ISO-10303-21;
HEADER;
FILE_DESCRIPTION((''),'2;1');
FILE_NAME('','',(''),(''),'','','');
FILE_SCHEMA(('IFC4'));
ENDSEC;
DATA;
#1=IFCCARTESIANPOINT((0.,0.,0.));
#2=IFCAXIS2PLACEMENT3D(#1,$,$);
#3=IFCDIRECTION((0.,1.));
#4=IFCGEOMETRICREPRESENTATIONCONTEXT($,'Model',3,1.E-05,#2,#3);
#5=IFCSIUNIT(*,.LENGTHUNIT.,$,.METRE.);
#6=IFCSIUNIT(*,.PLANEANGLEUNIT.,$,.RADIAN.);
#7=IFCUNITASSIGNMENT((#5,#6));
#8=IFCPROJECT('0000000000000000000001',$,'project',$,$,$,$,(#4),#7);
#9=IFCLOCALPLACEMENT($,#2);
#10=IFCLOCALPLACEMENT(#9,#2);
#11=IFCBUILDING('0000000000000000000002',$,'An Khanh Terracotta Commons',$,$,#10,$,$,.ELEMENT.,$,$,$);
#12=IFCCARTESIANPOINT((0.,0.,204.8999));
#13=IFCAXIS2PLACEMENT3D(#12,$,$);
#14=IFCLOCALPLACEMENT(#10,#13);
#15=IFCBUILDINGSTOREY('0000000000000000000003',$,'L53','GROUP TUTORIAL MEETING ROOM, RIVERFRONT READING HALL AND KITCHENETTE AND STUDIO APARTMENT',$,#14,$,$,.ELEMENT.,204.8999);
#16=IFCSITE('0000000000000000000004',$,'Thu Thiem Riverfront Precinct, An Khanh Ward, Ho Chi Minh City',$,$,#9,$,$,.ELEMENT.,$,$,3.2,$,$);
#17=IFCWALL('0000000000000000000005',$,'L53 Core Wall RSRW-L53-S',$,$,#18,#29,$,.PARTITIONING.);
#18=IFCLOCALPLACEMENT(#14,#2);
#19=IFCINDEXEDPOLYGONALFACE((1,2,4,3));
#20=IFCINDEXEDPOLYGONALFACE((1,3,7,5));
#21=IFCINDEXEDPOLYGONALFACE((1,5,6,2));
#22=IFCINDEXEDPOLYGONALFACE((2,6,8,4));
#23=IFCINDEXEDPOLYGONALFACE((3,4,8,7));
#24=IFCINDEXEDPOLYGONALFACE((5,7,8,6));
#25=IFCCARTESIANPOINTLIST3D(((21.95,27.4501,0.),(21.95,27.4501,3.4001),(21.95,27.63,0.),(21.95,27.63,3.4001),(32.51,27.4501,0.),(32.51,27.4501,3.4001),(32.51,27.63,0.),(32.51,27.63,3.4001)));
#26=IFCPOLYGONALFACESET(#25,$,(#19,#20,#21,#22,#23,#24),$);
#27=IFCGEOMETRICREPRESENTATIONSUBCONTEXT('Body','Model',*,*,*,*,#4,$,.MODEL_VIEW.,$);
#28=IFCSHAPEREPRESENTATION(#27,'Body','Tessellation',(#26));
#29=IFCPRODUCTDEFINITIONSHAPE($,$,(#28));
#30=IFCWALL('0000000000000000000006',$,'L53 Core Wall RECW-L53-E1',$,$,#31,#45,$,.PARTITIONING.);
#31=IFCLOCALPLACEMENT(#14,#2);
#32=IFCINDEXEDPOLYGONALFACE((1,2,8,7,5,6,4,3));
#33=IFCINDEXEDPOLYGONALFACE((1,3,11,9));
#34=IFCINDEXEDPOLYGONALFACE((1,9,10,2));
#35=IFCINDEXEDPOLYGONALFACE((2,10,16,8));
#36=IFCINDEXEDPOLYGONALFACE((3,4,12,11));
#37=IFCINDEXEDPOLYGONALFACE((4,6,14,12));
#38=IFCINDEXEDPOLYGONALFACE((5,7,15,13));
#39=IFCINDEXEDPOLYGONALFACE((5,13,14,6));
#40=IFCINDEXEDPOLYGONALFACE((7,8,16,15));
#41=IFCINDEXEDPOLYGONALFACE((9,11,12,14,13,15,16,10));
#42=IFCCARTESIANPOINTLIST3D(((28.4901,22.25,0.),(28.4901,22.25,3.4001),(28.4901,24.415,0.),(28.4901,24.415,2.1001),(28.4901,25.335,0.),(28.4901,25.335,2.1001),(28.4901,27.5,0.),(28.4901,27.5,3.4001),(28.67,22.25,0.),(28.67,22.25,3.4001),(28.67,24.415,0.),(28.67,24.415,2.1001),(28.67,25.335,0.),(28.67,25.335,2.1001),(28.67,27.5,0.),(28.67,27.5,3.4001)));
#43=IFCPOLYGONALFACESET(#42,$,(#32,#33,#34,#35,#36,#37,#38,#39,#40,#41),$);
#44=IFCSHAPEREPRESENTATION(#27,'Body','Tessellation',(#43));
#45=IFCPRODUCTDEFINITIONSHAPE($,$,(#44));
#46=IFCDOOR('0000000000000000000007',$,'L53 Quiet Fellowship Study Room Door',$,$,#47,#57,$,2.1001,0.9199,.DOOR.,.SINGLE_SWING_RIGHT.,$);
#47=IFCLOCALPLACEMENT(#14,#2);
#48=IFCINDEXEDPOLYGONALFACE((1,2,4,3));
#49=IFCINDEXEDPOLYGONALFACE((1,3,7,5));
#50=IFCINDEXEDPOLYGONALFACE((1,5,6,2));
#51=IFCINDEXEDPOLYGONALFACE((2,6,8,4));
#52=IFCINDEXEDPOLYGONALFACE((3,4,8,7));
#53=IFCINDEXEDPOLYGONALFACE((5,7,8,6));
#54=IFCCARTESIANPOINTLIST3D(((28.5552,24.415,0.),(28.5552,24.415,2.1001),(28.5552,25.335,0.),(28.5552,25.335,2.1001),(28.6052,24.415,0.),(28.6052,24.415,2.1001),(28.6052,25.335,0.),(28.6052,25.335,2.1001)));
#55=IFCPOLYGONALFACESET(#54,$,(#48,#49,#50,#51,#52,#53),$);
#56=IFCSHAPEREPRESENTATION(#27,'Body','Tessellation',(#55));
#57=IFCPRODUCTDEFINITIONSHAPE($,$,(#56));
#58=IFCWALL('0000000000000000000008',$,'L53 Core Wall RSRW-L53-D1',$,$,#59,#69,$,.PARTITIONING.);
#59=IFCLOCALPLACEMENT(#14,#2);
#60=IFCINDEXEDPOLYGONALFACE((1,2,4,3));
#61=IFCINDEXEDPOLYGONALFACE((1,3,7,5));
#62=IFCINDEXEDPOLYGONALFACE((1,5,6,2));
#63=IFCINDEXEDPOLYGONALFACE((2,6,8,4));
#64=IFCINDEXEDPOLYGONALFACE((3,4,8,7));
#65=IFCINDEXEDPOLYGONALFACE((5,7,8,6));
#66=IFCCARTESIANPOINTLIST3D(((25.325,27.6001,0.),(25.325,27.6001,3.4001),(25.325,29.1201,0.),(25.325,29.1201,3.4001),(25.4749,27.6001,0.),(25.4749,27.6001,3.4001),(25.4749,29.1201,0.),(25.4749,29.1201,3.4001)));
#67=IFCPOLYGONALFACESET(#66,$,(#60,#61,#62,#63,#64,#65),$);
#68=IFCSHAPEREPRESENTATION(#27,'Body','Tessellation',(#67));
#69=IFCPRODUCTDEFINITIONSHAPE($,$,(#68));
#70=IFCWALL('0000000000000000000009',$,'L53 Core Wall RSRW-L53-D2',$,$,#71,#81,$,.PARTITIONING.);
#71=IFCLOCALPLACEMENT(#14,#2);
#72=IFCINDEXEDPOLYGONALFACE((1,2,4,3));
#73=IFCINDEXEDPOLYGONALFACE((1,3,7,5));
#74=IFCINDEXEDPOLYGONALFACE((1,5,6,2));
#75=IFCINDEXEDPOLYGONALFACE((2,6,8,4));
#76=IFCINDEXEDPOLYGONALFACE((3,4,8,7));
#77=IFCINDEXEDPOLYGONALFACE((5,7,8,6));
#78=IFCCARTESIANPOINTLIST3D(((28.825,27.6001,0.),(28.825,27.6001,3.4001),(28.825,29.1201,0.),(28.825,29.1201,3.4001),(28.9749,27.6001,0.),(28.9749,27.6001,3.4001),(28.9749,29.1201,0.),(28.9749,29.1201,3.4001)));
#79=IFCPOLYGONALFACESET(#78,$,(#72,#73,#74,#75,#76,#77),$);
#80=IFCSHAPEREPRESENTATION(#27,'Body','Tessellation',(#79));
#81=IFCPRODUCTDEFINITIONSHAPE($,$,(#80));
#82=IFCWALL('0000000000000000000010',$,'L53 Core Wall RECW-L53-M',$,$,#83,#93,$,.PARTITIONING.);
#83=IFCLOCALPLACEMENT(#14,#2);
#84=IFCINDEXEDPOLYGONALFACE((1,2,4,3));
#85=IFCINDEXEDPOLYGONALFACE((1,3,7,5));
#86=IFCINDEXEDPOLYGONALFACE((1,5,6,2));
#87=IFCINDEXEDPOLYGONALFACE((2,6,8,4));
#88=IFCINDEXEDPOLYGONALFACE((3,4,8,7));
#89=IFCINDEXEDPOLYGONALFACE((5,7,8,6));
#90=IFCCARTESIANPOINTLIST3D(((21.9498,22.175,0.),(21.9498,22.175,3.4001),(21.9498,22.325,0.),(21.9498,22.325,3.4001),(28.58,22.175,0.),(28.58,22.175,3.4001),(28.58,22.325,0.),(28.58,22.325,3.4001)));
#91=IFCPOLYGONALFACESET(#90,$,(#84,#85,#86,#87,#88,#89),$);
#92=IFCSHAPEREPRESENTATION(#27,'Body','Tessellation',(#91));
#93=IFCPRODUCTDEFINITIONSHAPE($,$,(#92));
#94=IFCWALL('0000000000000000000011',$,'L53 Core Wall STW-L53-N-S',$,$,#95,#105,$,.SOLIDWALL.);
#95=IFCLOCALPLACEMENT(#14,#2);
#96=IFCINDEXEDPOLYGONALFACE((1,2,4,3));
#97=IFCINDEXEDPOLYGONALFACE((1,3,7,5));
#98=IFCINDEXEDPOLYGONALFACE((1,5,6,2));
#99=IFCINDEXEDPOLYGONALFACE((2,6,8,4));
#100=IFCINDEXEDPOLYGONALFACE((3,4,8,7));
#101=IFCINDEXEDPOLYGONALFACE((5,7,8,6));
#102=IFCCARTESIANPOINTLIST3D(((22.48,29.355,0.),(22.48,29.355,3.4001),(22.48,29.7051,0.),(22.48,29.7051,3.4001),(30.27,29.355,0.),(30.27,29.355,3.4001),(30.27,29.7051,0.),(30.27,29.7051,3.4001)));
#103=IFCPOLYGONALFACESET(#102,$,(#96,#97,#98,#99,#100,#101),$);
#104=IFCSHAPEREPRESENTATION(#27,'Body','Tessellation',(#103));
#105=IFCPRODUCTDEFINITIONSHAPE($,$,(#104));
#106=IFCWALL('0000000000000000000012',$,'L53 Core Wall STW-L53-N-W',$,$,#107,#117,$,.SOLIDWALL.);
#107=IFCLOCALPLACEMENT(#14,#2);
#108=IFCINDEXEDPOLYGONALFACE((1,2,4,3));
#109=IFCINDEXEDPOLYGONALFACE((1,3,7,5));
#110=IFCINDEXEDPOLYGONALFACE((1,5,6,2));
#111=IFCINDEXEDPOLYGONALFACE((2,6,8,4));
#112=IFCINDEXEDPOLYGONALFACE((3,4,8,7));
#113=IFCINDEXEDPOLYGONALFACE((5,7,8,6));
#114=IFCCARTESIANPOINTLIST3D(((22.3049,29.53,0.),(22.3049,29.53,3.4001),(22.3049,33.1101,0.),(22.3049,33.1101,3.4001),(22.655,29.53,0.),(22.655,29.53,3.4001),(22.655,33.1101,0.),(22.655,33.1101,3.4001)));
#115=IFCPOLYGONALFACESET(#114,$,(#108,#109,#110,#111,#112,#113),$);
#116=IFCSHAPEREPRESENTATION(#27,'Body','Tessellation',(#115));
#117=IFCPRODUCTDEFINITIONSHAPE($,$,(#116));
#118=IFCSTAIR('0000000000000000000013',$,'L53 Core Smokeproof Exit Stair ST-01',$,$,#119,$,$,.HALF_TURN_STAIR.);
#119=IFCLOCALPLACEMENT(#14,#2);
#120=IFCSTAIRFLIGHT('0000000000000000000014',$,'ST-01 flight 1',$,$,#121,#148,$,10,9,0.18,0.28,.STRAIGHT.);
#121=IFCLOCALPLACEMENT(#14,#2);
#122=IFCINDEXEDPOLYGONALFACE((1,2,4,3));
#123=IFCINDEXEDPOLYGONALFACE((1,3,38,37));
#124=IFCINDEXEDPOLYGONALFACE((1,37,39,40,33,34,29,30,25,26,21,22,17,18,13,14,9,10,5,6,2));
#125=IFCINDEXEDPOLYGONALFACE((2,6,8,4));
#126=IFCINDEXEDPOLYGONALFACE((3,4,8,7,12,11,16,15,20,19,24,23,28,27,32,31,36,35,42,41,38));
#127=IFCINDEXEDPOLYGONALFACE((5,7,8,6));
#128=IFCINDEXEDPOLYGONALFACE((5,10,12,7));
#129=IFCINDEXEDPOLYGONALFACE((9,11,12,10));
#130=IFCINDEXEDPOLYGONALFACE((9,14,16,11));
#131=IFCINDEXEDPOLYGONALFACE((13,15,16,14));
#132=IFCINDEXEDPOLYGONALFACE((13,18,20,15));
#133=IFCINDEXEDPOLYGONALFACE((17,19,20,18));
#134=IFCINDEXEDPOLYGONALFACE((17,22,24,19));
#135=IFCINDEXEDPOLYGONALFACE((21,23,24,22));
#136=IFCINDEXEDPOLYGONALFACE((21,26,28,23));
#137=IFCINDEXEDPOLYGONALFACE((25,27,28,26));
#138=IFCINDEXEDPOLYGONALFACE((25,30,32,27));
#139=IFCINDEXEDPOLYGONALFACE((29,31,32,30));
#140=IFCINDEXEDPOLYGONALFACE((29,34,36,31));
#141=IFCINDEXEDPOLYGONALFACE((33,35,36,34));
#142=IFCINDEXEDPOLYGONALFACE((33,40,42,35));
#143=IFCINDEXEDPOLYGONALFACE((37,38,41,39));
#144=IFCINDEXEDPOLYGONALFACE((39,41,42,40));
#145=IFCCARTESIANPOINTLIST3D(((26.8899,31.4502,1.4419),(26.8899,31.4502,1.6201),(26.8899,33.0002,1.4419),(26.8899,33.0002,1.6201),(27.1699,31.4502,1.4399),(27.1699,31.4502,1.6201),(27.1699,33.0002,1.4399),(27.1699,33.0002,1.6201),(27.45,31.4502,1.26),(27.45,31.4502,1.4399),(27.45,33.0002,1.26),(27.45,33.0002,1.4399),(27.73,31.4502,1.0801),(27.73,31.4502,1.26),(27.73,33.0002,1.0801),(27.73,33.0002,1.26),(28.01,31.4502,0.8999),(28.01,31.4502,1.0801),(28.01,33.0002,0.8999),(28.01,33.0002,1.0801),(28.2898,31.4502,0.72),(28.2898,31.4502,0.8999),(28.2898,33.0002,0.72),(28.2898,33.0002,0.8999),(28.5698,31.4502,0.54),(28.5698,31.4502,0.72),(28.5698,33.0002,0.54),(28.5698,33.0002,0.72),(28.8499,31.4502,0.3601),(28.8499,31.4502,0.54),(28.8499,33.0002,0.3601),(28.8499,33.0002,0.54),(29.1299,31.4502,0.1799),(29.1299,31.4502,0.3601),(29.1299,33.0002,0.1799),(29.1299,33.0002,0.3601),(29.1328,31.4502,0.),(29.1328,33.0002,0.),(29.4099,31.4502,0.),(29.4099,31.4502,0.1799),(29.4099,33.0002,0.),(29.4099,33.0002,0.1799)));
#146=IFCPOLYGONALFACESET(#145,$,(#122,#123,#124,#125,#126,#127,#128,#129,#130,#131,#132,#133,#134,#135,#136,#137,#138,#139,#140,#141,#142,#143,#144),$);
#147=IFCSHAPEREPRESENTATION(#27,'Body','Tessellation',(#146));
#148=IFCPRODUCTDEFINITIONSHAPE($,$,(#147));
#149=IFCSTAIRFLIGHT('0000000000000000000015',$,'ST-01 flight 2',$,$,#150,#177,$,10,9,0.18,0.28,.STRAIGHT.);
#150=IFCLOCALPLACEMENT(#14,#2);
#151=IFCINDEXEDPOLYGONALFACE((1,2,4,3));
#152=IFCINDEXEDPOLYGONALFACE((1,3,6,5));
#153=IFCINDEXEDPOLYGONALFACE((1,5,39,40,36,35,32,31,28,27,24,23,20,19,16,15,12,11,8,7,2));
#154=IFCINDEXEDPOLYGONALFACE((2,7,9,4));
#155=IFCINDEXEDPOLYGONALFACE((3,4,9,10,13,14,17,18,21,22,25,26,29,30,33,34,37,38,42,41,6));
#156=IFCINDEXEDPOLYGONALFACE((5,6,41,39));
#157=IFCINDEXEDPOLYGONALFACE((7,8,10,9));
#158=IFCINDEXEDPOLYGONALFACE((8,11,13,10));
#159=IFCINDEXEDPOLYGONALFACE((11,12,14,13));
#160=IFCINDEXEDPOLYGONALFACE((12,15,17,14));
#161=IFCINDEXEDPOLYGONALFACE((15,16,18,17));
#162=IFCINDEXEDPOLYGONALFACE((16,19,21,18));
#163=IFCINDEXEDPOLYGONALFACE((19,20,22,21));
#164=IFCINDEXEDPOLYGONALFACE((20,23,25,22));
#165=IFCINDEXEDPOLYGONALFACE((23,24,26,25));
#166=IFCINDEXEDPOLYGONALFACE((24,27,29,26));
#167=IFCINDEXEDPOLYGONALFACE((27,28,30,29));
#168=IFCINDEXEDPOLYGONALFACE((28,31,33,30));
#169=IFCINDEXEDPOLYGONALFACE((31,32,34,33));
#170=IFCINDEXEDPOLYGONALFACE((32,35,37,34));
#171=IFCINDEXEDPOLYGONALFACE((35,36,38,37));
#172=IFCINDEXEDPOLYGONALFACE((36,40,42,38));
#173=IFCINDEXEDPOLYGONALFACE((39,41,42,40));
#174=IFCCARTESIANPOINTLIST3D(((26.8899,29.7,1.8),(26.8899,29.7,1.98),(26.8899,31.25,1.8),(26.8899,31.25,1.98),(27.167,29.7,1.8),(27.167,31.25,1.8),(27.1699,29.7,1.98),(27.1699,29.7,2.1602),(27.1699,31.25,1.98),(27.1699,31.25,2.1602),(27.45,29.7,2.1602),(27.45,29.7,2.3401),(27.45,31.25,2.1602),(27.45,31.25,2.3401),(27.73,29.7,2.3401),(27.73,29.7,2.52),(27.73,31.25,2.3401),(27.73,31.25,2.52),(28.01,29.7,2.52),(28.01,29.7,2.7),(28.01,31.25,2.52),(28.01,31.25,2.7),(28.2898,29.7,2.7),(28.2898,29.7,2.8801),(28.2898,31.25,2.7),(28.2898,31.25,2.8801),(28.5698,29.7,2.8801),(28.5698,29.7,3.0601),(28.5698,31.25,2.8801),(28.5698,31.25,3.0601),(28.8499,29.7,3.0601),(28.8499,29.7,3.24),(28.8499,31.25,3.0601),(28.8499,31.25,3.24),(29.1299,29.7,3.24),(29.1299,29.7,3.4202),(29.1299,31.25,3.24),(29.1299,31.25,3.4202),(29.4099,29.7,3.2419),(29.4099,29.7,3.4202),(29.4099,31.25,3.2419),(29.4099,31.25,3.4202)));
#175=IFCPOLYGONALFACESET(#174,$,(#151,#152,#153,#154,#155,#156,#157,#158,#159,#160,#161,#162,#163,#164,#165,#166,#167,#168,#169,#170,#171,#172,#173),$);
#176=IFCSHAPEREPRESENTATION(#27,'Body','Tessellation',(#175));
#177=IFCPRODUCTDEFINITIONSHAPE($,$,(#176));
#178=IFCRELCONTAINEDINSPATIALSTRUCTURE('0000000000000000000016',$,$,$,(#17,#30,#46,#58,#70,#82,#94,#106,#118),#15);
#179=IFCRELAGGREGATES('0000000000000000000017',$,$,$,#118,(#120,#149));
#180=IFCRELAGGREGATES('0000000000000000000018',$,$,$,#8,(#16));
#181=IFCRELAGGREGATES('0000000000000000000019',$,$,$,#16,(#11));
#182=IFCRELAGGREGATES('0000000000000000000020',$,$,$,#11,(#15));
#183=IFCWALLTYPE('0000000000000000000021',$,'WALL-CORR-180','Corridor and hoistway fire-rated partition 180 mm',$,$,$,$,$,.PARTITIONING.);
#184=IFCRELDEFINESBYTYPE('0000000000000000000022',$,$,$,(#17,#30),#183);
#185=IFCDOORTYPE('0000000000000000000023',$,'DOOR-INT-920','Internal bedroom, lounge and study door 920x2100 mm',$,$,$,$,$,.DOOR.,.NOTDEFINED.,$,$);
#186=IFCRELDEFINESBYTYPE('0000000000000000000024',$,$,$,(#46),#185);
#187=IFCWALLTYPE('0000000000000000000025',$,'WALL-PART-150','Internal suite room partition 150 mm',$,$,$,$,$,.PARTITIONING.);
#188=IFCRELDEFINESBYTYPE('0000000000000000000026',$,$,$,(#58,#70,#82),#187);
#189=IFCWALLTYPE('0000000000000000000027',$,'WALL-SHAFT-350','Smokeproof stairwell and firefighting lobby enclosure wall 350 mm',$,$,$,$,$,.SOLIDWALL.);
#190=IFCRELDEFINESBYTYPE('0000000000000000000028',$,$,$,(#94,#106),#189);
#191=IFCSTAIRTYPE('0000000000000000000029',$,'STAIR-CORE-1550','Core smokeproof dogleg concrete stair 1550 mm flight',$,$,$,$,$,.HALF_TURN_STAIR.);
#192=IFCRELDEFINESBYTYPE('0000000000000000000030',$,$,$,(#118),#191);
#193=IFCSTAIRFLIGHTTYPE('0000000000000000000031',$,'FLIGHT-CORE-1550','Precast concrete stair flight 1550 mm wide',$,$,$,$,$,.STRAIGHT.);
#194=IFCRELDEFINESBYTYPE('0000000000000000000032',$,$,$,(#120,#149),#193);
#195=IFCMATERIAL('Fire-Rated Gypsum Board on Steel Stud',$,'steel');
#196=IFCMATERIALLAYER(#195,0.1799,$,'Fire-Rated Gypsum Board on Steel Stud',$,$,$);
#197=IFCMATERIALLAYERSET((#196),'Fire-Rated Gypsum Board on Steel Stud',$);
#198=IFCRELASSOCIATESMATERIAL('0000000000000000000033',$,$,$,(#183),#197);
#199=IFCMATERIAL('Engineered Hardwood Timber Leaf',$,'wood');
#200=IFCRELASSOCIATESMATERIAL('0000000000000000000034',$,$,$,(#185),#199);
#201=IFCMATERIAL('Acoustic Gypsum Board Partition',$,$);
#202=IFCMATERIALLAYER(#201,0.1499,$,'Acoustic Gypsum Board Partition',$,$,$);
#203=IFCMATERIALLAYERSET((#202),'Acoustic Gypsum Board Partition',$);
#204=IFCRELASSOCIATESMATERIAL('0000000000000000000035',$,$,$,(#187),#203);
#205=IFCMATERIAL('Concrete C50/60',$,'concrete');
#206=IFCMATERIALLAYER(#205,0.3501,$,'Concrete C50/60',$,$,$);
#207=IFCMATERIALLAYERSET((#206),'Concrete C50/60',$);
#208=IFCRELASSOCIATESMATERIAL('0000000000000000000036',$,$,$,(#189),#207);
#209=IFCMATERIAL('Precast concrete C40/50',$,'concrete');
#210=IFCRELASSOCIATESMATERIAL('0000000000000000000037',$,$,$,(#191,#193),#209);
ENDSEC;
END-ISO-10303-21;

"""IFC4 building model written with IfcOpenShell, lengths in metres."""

from ifc_helpers import new_model, si_unit, direction, frame, frame_2d, origin, place, context, subcontext, project, spatial, polyline, rectangle, outline, extrude, material, layer, layer_set, type_object, element, fill, aggregate, save


model = new_model("IFC4")

# Units and contexts
model_context = context("Model", 3, precision=1e-05, world=origin(), true_north=direction((0.0, 1.0)))
body_context = subcontext(model_context, "Body", "Model", "MODEL_VIEW")
ifc_project = project(units=[si_unit("LENGTHUNIT", "METRE"), si_unit("PLANEANGLEUNIT", "RADIAN")], contexts=[model_context])

# Site, building, storey
site_placement = place(None, origin())
site = spatial("IfcSite", under=ifc_project, at=site_placement, Name="Thu Thiem Riverfront Precinct, An Khanh Ward, Ho Chi Minh City", CompositionType="ELEMENT", RefElevation=3.2)
building_placement = place(site_placement, origin())
building = spatial("IfcBuilding", under=site, at=building_placement, Name="An Khanh Terracotta Commons", CompositionType="ELEMENT")
storey_placement = place(building_placement, frame((0.0, 0.0, 204.8999)))
storey = spatial("IfcBuildingStorey", under=building, at=storey_placement, Name="L53", Description="GROUP TUTORIAL MEETING ROOM, RIVERFRONT READING HALL AND KITCHENETTE AND STUDIO APARTMENT", CompositionType="ELEMENT", Elevation=204.8999)

# Wall
ifc_material_1 = material(Name="Fire-Rated Gypsum Board on Steel Stud", Category="steel")
ifc_layer_1 = layer(ifc_material_1, 0.1799, Name="Fire-Rated Gypsum Board on Steel Stud")
ifc_layer_set_1 = layer_set([ifc_layer_1], Name="Fire-Rated Gypsum Board on Steel Stud")
wall_type_1 = type_object("IfcWallType", Name="WALL-CORR-180", Description="Corridor and hoistway fire-rated partition 180 mm", PredefinedType="PARTITIONING", material=ifc_layer_set_1)
wall_1_placement = place(storey_placement, frame((21.95, 27.54, 0.0), z_axis=(0.0, 0.0, 1.0), x_axis=(1.0, 0.0, 0.0)))
element("IfcWall", 1, at=wall_1_placement, inside=storey, type_object=wall_type_1, Name="L53 Core Wall RSRW-L53-S", PredefinedType="PARTITIONING", context=body_context, shape_type="SweptSolid", body=[
    extrude(rectangle(XDim=10.5601, YDim=0.1799, at=frame_2d((5.28, 0.0))), origin(), (0.0, 0.0, 1.0), 3.4001),
])

# Wall, opening, door
wall_2_placement = place(storey_placement, frame((28.5801, 22.25, 0.0), z_axis=(0.0, 0.0, 1.0), x_axis=(0.0, 1.0, 0.0)))
wall_2 = element("IfcWall", 2, at=wall_2_placement, inside=storey, type_object=wall_type_1, Name="L53 Core Wall RECW-L53-E1", PredefinedType="PARTITIONING", context=body_context, shape_type="SweptSolid", body=[
    extrude(rectangle(XDim=5.25, YDim=0.1799, at=frame_2d((2.625, 0.0))), origin(), (0.0, 0.0, 1.0), 3.4001),
])
opening_placement = place(wall_2_placement, frame((2.165, 0.0, 0.0)))
opening = element("IfcOpeningElement", 3, at=opening_placement, cuts=wall_2, PredefinedType="OPENING", context=body_context, shape_type="SweptSolid", body=[
    extrude(rectangle(XDim=0.9199, YDim=2.1001, at=frame_2d((0.46, 1.05))), frame((0.0, 0.0999, 0.0), z_axis=(0.0, -1.0, 0.0), x_axis=(1.0, 0.0, 0.0)), (0.0, 0.0, 1.0), 0.2),
])
ifc_material_2 = material(Name="Engineered Hardwood Timber Leaf", Category="wood")
door_type = type_object("IfcDoorType", Name="DOOR-INT-920", Description="Internal bedroom, lounge and study door 920x2100 mm", OperationType="NOTDEFINED", PredefinedType="DOOR", material=ifc_material_2)
door_placement = place(opening_placement, origin())
door = element("IfcDoor", 4, at=door_placement, inside=storey, type_object=door_type, Name="L53 Quiet Fellowship Study Room Door", OperationType="SINGLE_SWING_RIGHT", OverallHeight=2.1001, OverallWidth=0.9199, PredefinedType="DOOR", context=body_context, shape_type="SweptSolid", body=[
    extrude(rectangle(XDim=0.9199, YDim=2.1001, at=frame_2d((0.46, 1.05))), frame((0.0, 0.0249, 0.0), z_axis=(0.0, -1.0, 0.0), x_axis=(1.0, 0.0, 0.0)), (0.0, 0.0, 1.0), 0.05),
])
fill(opening, door)

# Walls
ifc_material_3 = material(Name="Acoustic Gypsum Board Partition")
ifc_layer_2 = layer(ifc_material_3, 0.1499, Name="Acoustic Gypsum Board Partition")
ifc_layer_set_2 = layer_set([ifc_layer_2], Name="Acoustic Gypsum Board Partition")
wall_type_2 = type_object("IfcWallType", Name="WALL-PART-150", Description="Internal suite room partition 150 mm", PredefinedType="PARTITIONING", material=ifc_layer_set_2)
for number, where, z_axis, x_axis, name in (
    (5, (25.3999, 27.6001, 0.0), (0.0, 0.0, 1.0), (0.0, 1.0, 0.0), "L53 Core Wall RSRW-L53-D1"),
    (6, (28.8999, 27.6001, 0.0), (0.0, 0.0, 1.0), (0.0, 1.0, 0.0), "L53 Core Wall RSRW-L53-D2"),
):
    element("IfcWall", number, at=place(storey_placement, frame(where, z_axis=z_axis, x_axis=x_axis)), inside=storey, type_object=wall_type_2, Name=name, PredefinedType="PARTITIONING", context=body_context, shape_type="SweptSolid", body=[
        extrude(rectangle(XDim=1.52, YDim=0.1499, at=frame_2d((0.76, 0.0))), origin(), (0.0, 0.0, 1.0), 3.4001),
    ])
wall_3_placement = place(storey_placement, frame((21.95, 22.25, 0.0), z_axis=(0.0, 0.0, 1.0), x_axis=(1.0, 0.0, 0.0)))
element("IfcWall", 7, at=wall_3_placement, inside=storey, type_object=wall_type_2, Name="L53 Core Wall RECW-L53-M", PredefinedType="PARTITIONING", context=body_context, shape_type="SweptSolid", body=[
    extrude(rectangle(XDim=6.6301, YDim=0.1499, at=frame_2d((3.3149, 0.0))), origin(), (0.0, 0.0, 1.0), 3.4001),
])
ifc_material_4 = material(Name="Concrete C50/60", Category="concrete")
ifc_layer_3 = layer(ifc_material_4, 0.3501, Name="Concrete C50/60")
ifc_layer_set_3 = layer_set([ifc_layer_3], Name="Concrete C50/60")
wall_type_3 = type_object("IfcWallType", Name="WALL-SHAFT-350", Description="Smokeproof stairwell and firefighting lobby enclosure wall 350 mm", PredefinedType="SOLIDWALL", material=ifc_layer_set_3)
wall_4_placement = place(storey_placement, frame((22.48, 29.53, 0.0), z_axis=(0.0, 0.0, 1.0), x_axis=(1.0, 0.0, 0.0)))
element("IfcWall", 8, at=wall_4_placement, inside=storey, type_object=wall_type_3, Name="L53 Core Wall STW-L53-N-S", PredefinedType="SOLIDWALL", context=body_context, shape_type="SweptSolid", body=[
    extrude(rectangle(XDim=7.79, YDim=0.3501, at=frame_2d((3.895, 0.0))), origin(), (0.0, 0.0, 1.0), 3.4001),
])
wall_5_placement = place(storey_placement, frame((22.48, 29.53, 0.0), z_axis=(0.0, 0.0, 1.0), x_axis=(0.0, 1.0, 0.0)))
element("IfcWall", 9, at=wall_5_placement, inside=storey, type_object=wall_type_3, Name="L53 Core Wall STW-L53-N-W", PredefinedType="SOLIDWALL", context=body_context, shape_type="SweptSolid", body=[
    extrude(rectangle(XDim=3.5801, YDim=0.3501, at=frame_2d((1.79, 0.0))), origin(), (0.0, 0.0, 1.0), 3.4001),
])

# Stair, stair flights
ifc_material_5 = material(Name="Precast concrete C40/50", Category="concrete")
stair_type = type_object("IfcStairType", Name="STAIR-CORE-1550", Description="Core smokeproof dogleg concrete stair 1550 mm flight", PredefinedType="HALF_TURN_STAIR", material=ifc_material_5)
stair_placement = place(storey_placement, origin())
stair = element("IfcStair", 10, at=stair_placement, inside=storey, type_object=stair_type, Name="L53 Core Smokeproof Exit Stair ST-01", PredefinedType="HALF_TURN_STAIR")
stair_flight_type = type_object("IfcStairFlightType", Name="FLIGHT-CORE-1550", Description="Precast concrete stair flight 1550 mm wide", PredefinedType="STRAIGHT", material=ifc_material_5)
stair_flight_1_placement = place(storey_placement, frame((29.4099, 32.2251, 0.0), z_axis=(0.0, 0.0, 1.0), x_axis=(-1.0, 0.0, 0.0)))
stair_flight_1 = element("IfcStairFlight", 11, at=stair_flight_1_placement, type_object=stair_flight_type, Name="ST-01 flight 1", NumberOfRisers=10, NumberOfTreads=9, PredefinedType="STRAIGHT", RiserHeight=0.18, TreadLength=0.28, context=body_context, shape_type="SweptSolid", body=[
    extrude(outline(polyline([(0.0, 0.0), (0.0, 0.1799), (0.28, 0.1799), (0.28, 0.3601), (0.5601, 0.3601), (0.5601, 0.54), (0.8401, 0.54), (0.8401, 0.72), (1.1201, 0.72), (1.1201, 0.8999), (1.3999, 0.8999), (1.3999, 1.0801), (1.6799, 1.0801), (1.6799, 1.26), (1.96, 1.26), (1.96, 1.4399), (2.24, 1.4399), (2.24, 1.6201), (2.52, 1.6201), (2.52, 1.8), (2.52, 1.4419), (0.2771, 0.0), (0.0, 0.0)])), frame((0.0, 0.7749, 0.0), z_axis=(0.0, -1.0, 0.0), x_axis=(1.0, 0.0, 0.0)), (0.0, 0.0, 1.0), 1.55),
])
stair_flight_2_placement = place(storey_placement, frame((26.8899, 30.4751, 1.8), z_axis=(0.0, 0.0, 1.0), x_axis=(1.0, 0.0, 0.0)))
stair_flight_2 = element("IfcStairFlight", 12, at=stair_flight_2_placement, type_object=stair_flight_type, Name="ST-01 flight 2", NumberOfRisers=10, NumberOfTreads=9, PredefinedType="STRAIGHT", RiserHeight=0.18, TreadLength=0.28, context=body_context, shape_type="SweptSolid", body=[
    extrude(outline(polyline([(0.0, 0.0), (0.0, 0.1799), (0.28, 0.1799), (0.28, 0.3601), (0.5601, 0.3601), (0.5601, 0.54), (0.8401, 0.54), (0.8401, 0.72), (1.1201, 0.72), (1.1201, 0.8999), (1.3999, 0.8999), (1.3999, 1.0801), (1.6799, 1.0801), (1.6799, 1.26), (1.96, 1.26), (1.96, 1.4399), (2.24, 1.4399), (2.24, 1.6201), (2.52, 1.6201), (2.52, 1.8), (2.52, 1.4419), (0.2771, 0.0), (0.0, 0.0)])), frame((0.0, 0.7749, 0.0), z_axis=(0.0, -1.0, 0.0), x_axis=(1.0, 0.0, 0.0)), (0.0, 0.0, 1.0), 1.55),
])
aggregate(stair, [stair_flight_1, stair_flight_2])

save(model, "model.ifc")
